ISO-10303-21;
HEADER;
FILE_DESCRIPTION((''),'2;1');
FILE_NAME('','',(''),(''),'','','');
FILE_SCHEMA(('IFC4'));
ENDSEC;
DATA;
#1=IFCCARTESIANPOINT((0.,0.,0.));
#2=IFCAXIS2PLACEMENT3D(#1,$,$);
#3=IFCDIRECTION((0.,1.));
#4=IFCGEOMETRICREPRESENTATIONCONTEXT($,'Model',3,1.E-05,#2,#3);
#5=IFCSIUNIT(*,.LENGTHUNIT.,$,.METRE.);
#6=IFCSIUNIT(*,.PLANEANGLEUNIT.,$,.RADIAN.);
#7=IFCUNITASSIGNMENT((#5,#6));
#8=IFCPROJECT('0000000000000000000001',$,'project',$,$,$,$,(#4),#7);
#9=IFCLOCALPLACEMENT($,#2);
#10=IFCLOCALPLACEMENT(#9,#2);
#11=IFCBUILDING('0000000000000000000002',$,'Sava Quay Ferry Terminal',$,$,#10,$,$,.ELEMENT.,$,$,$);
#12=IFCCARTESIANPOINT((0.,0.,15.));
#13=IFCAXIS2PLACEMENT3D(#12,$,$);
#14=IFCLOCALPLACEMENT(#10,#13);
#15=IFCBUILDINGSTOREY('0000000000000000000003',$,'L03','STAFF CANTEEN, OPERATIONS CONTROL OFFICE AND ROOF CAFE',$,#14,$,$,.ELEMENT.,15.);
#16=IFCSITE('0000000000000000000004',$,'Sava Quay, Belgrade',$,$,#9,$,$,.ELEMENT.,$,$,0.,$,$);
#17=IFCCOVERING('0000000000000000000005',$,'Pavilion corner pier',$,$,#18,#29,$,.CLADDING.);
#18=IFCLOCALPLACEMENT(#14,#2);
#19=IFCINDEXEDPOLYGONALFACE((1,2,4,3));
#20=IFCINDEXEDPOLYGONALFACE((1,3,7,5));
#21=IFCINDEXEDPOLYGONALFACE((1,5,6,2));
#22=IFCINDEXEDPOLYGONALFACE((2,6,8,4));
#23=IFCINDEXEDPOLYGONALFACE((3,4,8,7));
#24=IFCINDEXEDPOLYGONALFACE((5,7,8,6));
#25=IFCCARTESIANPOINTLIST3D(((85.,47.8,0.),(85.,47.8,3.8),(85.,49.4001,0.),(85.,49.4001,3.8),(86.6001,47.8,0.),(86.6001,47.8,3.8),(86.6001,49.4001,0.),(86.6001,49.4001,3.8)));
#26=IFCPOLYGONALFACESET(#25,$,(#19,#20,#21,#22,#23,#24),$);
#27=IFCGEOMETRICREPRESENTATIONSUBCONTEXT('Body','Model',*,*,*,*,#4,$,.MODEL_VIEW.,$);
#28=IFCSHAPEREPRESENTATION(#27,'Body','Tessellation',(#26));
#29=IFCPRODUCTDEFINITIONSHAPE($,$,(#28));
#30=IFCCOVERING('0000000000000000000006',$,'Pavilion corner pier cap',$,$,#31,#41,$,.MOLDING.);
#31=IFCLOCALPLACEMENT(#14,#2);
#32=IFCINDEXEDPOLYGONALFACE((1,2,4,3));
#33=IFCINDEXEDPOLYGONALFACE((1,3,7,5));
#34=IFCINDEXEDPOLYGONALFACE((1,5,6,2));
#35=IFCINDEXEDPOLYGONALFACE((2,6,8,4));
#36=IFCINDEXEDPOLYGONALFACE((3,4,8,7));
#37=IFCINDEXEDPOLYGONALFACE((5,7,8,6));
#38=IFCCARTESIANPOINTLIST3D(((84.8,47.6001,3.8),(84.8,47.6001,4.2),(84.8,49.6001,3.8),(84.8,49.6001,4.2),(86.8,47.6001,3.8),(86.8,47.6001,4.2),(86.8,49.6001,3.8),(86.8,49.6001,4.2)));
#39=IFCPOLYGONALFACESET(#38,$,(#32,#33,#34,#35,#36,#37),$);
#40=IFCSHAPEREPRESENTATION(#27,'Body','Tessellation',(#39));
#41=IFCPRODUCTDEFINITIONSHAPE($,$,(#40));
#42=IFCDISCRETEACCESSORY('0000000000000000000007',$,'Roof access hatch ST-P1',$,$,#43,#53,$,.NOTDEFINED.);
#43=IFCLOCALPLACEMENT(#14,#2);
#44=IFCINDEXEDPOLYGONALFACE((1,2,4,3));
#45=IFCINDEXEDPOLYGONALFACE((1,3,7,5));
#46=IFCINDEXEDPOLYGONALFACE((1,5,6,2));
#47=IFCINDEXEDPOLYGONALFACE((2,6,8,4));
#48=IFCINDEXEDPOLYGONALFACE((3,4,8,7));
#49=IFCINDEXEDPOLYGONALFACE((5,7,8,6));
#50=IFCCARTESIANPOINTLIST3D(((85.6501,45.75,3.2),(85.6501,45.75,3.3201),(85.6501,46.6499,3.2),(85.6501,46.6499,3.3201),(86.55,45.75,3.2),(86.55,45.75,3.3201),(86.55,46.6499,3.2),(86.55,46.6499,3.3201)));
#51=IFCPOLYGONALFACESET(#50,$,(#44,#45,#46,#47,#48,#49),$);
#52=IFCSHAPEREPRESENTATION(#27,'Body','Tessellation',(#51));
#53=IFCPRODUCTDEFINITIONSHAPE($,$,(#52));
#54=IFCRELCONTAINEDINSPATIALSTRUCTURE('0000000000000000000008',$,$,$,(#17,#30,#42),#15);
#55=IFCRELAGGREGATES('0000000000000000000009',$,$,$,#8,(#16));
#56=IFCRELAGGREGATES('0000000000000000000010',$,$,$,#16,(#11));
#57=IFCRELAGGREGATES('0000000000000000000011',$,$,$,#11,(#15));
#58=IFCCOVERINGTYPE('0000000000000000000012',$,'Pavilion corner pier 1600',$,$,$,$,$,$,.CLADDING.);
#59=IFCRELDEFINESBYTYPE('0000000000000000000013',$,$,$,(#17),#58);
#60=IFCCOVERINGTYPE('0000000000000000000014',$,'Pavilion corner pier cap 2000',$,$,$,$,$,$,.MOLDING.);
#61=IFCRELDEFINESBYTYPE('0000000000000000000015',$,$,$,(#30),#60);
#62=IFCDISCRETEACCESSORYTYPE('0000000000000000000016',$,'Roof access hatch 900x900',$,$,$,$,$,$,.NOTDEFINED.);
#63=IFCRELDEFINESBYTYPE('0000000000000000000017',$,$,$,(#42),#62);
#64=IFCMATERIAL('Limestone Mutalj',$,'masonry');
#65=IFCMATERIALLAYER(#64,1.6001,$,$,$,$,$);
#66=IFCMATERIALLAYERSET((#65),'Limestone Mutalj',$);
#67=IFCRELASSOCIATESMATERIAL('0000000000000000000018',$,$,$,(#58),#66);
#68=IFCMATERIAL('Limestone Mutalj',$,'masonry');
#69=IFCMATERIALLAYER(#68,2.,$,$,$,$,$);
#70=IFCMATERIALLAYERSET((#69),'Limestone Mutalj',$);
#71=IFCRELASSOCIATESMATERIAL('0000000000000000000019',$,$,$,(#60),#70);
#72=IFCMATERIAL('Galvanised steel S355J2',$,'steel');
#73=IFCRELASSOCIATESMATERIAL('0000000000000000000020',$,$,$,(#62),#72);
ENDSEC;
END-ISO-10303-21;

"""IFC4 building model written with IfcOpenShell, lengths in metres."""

from ifc_helpers import new_model, si_unit, direction, frame, origin, origin_2d, place, context, subcontext, project, spatial, rectangle, extrude, material, layer, layer_set, type_object, element, save


model = new_model("IFC4")

# Units and contexts
model_context = context("Model", 3, precision=1e-05, world=origin(), true_north=direction((0.0, 1.0)))
body_context = subcontext(model_context, "Body", "Model", "MODEL_VIEW")
ifc_project = project(units=[si_unit("LENGTHUNIT", "METRE"), si_unit("PLANEANGLEUNIT", "RADIAN")], contexts=[model_context])

# Site, building, storey
site_placement = place(None, origin())
site = spatial("IfcSite", under=ifc_project, at=site_placement, Name="Sava Quay, Belgrade", CompositionType="ELEMENT", RefElevation=0.0)
building_placement = place(site_placement, origin())
building = spatial("IfcBuilding", under=site, at=building_placement, Name="Sava Quay Ferry Terminal", CompositionType="ELEMENT")
storey_placement = place(building_placement, frame((0.0, 0.0, 15.0)))
storey = spatial("IfcBuildingStorey", under=building, at=storey_placement, Name="L03", Description="STAFF CANTEEN, OPERATIONS CONTROL OFFICE AND ROOF CAFE", CompositionType="ELEMENT", Elevation=15.0)

# Coverings
ifc_material_1 = material(Name="Limestone Mutalj", Category="masonry")
ifc_layer_1 = layer(ifc_material_1, 1.6001)
ifc_layer_set_1 = layer_set([ifc_layer_1], Name="Limestone Mutalj")
covering_type_1 = type_object("IfcCoveringType", Name="Pavilion corner pier 1600", PredefinedType="CLADDING", material=ifc_layer_set_1)
covering_1_placement = place(storey_placement, frame((85.8, 48.6001, 0.0), z_axis=(0.0, 0.0, 1.0), x_axis=(1.0, 0.0, 0.0)))
element("IfcCovering", 1, at=covering_1_placement, inside=storey, type_object=covering_type_1, Name="Pavilion corner pier", PredefinedType="CLADDING", context=body_context, shape_type="SweptSolid", body=[
    extrude(rectangle(XDim=1.6001, YDim=1.6001, at=origin_2d()), origin(), (0.0, 0.0, 1.0), 3.8),
])
ifc_material_2 = material(Name="Limestone Mutalj", Category="masonry")
ifc_layer_2 = layer(ifc_material_2, 2.0)
ifc_layer_set_2 = layer_set([ifc_layer_2], Name="Limestone Mutalj")
covering_type_2 = type_object("IfcCoveringType", Name="Pavilion corner pier cap 2000", PredefinedType="MOLDING", material=ifc_layer_set_2)
covering_2_placement = place(storey_placement, frame((85.8, 48.6001, 3.8), z_axis=(0.0, 0.0, 1.0), x_axis=(1.0, 0.0, 0.0)))
element("IfcCovering", 2, at=covering_2_placement, inside=storey, type_object=covering_type_2, Name="Pavilion corner pier cap", PredefinedType="MOLDING", context=body_context, shape_type="SweptSolid", body=[
    extrude(rectangle(XDim=2.0, YDim=2.0, at=origin_2d()), origin(), (0.0, 0.0, 1.0), 0.3999),
])

# Discrete accessory
ifc_material_3 = material(Name="Galvanised steel S355J2", Category="steel")
discrete_accessory_type = type_object("IfcDiscreteAccessoryType", Name="Roof access hatch 900x900", PredefinedType="NOTDEFINED", material=ifc_material_3)
discrete_accessory_placement = place(storey_placement, frame((86.1001, 46.2, 3.2), z_axis=(0.0, 0.0, 1.0), x_axis=(1.0, 0.0, 0.0)))
element("IfcDiscreteAccessory", 3, at=discrete_accessory_placement, inside=storey, type_object=discrete_accessory_type, Name="Roof access hatch ST-P1", PredefinedType="NOTDEFINED", context=body_context, shape_type="SweptSolid", body=[
    extrude(rectangle(XDim=0.8999, YDim=0.8999, at=origin_2d()), origin(), (0.0, 0.0, 1.0), 0.1201),
])

save(model, "model.ifc")
